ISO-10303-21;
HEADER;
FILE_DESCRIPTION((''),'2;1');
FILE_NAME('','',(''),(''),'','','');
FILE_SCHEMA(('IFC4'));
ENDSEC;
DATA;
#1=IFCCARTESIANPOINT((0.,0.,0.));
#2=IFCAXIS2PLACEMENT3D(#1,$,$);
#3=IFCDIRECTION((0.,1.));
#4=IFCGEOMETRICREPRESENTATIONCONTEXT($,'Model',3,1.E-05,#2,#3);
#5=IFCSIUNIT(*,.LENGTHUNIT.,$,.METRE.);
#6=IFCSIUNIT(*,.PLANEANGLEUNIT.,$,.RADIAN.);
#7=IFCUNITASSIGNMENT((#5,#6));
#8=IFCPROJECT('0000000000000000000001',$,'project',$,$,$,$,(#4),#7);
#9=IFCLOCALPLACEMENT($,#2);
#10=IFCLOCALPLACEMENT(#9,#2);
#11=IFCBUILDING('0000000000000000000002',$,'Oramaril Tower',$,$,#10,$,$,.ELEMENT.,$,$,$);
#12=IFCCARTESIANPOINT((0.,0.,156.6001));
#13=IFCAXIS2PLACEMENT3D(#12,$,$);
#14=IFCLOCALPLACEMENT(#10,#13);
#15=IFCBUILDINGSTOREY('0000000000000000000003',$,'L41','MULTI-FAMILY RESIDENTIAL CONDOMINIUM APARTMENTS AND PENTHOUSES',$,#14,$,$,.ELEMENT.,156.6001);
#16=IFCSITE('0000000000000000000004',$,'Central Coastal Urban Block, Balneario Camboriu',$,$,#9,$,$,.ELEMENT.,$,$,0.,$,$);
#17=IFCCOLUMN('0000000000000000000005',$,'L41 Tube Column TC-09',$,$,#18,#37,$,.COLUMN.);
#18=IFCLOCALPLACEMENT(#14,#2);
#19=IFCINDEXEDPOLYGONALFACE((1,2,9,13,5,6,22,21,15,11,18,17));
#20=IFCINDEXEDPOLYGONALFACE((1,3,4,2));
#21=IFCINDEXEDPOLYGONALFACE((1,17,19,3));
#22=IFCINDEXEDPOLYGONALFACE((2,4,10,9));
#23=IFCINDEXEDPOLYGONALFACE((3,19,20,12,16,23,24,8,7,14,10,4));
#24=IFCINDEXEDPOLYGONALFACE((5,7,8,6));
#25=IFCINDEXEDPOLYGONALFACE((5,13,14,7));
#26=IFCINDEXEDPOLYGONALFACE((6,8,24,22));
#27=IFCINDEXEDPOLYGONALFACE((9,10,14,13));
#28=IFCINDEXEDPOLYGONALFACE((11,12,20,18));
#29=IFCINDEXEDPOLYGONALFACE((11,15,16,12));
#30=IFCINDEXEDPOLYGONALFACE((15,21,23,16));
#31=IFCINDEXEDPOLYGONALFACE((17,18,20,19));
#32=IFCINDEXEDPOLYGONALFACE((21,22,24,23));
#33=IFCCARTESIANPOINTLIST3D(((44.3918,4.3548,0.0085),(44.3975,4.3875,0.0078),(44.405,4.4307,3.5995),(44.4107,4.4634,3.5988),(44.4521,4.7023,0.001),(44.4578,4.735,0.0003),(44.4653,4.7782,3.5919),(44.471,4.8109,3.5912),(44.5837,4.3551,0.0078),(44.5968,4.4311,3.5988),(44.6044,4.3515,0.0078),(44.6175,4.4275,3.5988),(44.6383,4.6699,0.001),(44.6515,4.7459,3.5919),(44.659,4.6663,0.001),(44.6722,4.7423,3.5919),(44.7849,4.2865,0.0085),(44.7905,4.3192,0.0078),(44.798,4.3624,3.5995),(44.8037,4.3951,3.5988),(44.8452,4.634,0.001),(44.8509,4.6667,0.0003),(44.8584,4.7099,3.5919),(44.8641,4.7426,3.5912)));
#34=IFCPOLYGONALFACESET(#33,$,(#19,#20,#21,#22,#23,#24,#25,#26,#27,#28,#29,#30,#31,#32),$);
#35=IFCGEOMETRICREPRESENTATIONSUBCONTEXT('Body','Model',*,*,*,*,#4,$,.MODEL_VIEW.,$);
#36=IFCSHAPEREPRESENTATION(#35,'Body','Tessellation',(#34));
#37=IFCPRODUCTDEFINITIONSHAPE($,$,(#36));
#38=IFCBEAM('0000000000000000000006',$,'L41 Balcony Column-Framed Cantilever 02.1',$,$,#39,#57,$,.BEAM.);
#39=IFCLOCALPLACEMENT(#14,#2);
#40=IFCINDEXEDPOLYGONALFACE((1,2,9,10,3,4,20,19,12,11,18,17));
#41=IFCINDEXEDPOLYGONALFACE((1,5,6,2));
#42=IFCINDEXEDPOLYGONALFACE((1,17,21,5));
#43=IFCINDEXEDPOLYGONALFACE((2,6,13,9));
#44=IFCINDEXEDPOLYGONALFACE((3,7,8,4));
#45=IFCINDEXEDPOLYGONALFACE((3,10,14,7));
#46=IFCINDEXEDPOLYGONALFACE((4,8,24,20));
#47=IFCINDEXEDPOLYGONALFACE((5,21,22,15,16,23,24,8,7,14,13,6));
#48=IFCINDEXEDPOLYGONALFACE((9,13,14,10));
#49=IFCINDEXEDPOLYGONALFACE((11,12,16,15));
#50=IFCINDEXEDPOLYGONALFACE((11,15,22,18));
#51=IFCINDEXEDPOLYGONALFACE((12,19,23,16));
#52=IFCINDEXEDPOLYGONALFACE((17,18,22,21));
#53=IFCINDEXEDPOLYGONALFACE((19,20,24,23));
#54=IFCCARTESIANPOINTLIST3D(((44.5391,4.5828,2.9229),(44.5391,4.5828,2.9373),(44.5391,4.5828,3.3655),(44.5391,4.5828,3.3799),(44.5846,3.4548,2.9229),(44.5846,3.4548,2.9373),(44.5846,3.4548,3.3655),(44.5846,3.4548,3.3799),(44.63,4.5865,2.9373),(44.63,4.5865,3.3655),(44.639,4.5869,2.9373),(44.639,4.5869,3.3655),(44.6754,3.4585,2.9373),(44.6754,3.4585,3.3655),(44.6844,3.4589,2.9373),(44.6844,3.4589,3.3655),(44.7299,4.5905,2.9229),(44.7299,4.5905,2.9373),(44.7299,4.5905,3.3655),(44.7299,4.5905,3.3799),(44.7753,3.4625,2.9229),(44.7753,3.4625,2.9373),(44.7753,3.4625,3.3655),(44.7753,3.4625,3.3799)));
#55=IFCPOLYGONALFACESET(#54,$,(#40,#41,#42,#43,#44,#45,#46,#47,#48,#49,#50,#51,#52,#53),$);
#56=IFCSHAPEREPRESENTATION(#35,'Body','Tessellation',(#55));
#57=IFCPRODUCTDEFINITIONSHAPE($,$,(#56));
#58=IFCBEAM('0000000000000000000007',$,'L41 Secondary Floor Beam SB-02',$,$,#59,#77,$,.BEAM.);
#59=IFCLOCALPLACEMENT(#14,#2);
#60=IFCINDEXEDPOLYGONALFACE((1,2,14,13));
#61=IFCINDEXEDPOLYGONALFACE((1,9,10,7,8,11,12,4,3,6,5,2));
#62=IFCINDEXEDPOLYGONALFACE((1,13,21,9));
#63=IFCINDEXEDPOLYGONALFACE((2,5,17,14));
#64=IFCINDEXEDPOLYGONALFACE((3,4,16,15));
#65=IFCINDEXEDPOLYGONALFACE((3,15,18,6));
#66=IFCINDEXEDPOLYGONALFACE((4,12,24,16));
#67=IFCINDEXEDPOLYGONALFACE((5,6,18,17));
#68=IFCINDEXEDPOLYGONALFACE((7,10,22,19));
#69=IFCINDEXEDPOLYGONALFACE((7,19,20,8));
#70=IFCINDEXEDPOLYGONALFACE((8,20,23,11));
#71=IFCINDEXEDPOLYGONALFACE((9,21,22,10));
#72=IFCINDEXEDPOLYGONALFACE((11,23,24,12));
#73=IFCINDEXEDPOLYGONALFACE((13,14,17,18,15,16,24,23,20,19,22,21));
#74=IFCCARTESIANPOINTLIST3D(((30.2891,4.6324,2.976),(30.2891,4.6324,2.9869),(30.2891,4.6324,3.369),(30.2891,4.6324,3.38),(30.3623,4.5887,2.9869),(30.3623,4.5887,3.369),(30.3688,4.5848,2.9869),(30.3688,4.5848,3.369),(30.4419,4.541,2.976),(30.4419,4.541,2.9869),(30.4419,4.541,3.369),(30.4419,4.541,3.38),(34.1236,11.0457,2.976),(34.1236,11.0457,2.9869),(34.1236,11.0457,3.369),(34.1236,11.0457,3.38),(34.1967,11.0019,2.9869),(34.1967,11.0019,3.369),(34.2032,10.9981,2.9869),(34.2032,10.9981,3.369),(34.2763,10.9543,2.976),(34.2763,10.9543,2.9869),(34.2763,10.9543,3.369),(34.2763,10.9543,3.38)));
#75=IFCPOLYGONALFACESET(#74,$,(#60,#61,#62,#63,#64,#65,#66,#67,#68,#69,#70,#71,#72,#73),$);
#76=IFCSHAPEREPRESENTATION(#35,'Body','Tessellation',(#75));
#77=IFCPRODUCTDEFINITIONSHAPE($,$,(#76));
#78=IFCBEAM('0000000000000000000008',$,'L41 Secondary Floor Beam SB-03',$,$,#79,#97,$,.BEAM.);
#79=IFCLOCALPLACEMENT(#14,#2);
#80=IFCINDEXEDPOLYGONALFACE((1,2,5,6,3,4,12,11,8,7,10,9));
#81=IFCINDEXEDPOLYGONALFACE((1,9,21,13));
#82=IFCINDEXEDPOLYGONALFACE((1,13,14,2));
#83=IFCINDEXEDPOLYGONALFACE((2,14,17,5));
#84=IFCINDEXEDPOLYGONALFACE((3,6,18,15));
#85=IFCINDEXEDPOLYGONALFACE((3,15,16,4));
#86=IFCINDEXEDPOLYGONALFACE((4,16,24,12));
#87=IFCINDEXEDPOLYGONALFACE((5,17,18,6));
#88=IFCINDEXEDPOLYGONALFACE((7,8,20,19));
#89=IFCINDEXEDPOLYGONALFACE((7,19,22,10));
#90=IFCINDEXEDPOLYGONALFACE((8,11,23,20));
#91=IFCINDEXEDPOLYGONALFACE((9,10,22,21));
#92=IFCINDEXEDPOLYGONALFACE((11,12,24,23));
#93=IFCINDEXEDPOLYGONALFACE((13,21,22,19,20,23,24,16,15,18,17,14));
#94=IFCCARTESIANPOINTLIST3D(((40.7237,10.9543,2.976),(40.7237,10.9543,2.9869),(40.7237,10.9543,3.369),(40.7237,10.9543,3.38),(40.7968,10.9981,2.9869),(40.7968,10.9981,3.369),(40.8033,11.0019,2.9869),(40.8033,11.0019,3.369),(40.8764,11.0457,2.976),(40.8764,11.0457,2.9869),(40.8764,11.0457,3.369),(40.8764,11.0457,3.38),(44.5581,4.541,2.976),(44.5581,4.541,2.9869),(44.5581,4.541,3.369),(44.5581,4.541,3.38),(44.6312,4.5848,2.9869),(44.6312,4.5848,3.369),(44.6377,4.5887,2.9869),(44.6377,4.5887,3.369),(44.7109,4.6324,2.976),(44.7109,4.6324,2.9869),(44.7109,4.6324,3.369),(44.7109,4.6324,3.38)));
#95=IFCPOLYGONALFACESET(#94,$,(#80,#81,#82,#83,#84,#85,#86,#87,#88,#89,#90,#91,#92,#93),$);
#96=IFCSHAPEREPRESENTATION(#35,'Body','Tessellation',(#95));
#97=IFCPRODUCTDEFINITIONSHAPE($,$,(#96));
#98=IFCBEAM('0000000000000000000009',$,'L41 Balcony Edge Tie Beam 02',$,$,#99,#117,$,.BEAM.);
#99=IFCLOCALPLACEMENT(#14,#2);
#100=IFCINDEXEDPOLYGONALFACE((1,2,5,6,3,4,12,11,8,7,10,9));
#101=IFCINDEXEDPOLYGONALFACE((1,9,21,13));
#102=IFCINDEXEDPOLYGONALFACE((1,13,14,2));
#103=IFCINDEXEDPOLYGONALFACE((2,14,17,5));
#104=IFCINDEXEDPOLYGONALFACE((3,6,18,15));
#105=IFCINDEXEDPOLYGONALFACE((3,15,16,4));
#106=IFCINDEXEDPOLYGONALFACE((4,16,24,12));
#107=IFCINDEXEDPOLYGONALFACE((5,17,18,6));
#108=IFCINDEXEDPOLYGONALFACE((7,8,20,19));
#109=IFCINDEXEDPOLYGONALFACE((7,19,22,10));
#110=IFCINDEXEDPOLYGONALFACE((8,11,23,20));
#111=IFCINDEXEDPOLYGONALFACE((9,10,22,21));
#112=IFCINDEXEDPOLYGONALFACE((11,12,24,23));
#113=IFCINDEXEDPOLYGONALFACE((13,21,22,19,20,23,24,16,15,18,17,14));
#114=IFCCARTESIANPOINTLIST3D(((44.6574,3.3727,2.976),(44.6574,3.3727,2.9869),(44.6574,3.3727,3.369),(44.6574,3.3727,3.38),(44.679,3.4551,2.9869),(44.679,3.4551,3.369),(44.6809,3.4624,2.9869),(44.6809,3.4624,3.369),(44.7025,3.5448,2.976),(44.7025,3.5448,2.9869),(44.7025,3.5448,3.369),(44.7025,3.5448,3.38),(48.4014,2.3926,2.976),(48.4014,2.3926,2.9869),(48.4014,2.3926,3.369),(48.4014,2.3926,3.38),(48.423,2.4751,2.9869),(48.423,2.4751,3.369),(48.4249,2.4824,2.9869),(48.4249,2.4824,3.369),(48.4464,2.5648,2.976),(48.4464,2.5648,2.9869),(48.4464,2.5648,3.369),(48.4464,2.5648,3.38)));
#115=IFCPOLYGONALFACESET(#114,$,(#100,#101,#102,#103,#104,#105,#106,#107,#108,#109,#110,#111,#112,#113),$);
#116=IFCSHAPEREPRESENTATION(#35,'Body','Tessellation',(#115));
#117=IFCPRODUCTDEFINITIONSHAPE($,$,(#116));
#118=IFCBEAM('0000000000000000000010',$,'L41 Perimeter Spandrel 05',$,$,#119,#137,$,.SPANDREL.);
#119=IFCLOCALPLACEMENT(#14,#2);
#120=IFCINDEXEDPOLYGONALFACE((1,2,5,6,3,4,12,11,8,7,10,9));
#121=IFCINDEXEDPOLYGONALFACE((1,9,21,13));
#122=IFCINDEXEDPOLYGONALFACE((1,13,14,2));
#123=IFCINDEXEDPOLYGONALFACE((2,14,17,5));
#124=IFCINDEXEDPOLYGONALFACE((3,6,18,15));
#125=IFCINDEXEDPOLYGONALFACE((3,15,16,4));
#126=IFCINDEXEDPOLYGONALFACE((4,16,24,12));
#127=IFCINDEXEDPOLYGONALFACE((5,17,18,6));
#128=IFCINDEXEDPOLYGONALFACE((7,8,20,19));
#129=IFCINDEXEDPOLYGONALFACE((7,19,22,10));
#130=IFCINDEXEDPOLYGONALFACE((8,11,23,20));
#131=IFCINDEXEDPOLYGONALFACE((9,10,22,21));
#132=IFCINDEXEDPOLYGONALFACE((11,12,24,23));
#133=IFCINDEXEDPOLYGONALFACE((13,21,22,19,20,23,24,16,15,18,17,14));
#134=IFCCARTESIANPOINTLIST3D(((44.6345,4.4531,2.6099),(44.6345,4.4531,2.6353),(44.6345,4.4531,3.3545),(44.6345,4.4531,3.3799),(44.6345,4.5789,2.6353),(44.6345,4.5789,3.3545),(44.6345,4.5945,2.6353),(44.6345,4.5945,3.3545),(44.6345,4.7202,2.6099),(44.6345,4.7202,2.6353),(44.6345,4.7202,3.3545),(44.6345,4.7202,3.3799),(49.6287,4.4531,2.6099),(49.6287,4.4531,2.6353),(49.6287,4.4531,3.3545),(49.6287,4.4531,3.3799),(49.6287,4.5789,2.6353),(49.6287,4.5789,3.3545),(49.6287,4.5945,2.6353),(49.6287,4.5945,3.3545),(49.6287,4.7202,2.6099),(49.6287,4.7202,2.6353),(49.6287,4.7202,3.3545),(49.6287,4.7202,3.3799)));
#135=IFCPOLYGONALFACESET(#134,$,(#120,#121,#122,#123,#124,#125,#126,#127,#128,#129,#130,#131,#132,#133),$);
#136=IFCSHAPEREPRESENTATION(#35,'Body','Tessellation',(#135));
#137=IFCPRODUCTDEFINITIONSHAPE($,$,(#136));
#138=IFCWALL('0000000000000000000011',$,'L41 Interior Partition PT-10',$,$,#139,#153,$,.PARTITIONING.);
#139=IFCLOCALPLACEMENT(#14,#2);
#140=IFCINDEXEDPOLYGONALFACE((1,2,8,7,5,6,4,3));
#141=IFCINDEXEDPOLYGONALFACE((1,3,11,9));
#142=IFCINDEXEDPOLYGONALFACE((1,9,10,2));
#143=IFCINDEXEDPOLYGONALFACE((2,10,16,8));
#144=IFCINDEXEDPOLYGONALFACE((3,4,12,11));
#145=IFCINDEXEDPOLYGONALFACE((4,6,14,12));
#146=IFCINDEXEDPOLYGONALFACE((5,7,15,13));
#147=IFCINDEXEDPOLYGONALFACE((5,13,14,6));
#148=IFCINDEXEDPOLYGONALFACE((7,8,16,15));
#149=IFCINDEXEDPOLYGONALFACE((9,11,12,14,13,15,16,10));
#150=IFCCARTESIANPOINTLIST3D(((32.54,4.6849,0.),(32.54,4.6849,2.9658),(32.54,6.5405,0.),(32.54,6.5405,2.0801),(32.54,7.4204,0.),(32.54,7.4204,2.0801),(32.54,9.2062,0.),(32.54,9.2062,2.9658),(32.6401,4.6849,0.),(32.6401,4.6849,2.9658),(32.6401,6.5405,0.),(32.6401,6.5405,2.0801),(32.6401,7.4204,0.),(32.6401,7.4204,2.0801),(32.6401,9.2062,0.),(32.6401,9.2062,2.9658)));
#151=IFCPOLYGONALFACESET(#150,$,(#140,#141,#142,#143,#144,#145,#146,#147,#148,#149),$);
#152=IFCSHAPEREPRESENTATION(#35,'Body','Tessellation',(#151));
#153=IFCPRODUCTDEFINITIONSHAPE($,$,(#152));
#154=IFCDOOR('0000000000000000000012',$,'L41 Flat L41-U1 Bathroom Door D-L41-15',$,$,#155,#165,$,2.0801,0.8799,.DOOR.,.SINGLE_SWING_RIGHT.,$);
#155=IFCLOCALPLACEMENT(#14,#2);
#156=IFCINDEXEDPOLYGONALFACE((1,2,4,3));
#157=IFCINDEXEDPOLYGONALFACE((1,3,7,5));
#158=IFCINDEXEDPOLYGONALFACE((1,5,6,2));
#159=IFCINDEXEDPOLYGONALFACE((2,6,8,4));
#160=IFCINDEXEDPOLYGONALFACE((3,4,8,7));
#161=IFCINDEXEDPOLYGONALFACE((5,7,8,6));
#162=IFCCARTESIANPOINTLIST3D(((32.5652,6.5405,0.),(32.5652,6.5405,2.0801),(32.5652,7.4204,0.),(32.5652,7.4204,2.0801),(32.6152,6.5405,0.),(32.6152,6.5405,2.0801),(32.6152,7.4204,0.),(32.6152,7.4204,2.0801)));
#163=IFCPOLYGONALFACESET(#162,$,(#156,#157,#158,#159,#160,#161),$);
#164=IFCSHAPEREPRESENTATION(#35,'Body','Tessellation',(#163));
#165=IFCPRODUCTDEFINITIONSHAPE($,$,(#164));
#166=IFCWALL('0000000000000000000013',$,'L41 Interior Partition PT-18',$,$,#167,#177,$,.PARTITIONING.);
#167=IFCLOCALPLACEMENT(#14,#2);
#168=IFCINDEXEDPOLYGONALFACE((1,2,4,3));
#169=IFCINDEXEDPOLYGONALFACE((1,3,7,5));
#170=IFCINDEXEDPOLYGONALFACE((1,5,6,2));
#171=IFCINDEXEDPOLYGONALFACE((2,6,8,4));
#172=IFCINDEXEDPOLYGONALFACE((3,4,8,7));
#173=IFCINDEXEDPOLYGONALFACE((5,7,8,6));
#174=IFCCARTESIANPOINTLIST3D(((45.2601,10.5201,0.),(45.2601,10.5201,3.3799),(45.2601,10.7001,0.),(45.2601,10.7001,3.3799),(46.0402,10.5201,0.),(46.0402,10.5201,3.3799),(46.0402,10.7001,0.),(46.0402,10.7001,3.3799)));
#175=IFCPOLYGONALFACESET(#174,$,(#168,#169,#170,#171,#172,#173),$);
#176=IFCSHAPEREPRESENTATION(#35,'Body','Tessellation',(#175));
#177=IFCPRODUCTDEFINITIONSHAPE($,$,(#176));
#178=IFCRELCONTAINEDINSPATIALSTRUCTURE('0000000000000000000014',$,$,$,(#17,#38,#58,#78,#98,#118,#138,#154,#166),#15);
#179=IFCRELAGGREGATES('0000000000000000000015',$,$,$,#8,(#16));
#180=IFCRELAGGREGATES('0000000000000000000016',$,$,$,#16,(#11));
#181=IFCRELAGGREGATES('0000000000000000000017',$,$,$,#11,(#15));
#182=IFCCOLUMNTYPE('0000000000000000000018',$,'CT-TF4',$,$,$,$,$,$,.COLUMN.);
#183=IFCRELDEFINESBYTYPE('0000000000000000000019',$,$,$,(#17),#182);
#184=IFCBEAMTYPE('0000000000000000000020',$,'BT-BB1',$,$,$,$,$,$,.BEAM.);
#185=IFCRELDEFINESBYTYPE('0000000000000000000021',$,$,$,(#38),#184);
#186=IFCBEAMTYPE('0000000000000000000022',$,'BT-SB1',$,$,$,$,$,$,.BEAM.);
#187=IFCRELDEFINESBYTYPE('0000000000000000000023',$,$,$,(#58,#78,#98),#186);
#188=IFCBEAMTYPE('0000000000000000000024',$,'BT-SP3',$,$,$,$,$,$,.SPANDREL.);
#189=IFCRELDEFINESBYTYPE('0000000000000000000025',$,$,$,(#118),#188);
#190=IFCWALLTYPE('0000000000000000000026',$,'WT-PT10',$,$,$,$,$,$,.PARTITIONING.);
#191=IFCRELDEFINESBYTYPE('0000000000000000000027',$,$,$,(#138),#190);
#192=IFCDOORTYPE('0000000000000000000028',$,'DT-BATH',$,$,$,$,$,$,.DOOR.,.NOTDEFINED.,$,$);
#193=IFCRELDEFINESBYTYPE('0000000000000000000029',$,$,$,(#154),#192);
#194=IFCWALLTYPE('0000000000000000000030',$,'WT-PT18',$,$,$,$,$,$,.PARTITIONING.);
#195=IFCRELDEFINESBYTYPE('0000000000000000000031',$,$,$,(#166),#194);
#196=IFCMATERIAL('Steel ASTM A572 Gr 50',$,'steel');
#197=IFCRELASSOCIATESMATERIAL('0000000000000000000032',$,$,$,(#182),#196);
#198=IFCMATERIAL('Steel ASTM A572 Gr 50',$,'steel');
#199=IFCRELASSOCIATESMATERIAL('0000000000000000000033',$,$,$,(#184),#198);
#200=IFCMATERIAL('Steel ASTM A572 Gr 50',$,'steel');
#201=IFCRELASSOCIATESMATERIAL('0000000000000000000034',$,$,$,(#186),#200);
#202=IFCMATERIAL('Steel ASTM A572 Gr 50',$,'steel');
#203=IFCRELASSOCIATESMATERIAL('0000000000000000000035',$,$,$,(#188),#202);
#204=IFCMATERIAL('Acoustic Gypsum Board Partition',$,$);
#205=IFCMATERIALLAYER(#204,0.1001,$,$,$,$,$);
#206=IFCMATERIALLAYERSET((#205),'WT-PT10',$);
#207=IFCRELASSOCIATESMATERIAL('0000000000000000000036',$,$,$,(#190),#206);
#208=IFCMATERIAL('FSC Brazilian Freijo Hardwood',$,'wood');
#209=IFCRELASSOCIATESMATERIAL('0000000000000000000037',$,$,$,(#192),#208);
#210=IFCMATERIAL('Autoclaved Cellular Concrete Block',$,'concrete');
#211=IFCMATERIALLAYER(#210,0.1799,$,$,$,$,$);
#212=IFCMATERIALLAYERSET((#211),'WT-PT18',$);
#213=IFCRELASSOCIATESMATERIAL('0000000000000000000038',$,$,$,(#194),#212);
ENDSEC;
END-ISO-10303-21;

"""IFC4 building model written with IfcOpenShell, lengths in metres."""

from ifc_helpers import new_model, si_unit, direction, frame, frame_2d, origin, origin_2d, place, context, subcontext, project, spatial, rectangle, i_section, extrude, material, layer, layer_set, material_profile, profile_set, type_object, element, fill, save


model = new_model("IFC4")

# Units and contexts
model_context = context("Model", 3, precision=1e-05, world=origin(), true_north=direction((0.0, 1.0)))
body_context = subcontext(model_context, "Body", "Model", "MODEL_VIEW")
ifc_project = project(units=[si_unit("LENGTHUNIT", "METRE"), si_unit("PLANEANGLEUNIT", "RADIAN")], contexts=[model_context])

# Site, building, storey
site_placement = place(None, origin())
site = spatial("IfcSite", under=ifc_project, at=site_placement, Name="Central Coastal Urban Block, Balneario Camboriu", CompositionType="ELEMENT", RefElevation=0.0)
building_placement = place(site_placement, origin())
building = spatial("IfcBuilding", under=site, at=building_placement, Name="Oramaril Tower", CompositionType="ELEMENT")
storey_placement = place(building_placement, frame((0.0, 0.0, 156.6001)))
storey = spatial("IfcBuildingStorey", under=building, at=storey_placement, Name="L41", Description="MULTI-FAMILY RESIDENTIAL CONDOMINIUM APARTMENTS AND PENTHOUSES", CompositionType="ELEMENT", Elevation=156.6001)

# Column
ifc_material_1 = material(Name="Steel ASTM A572 Gr 50", Category="steel")
ifc_material_profile_1 = material_profile(ifc_material_1, i_section(OverallWidth=0.3989, OverallDepth=0.386, WebThickness=0.021, FlangeThickness=0.0332, at=origin_2d()), Name="W14X176")
ifc_profile_set_1 = profile_set([ifc_material_profile_1], Name="Steel ASTM A572 Gr 50")
column_type = type_object("IfcColumnType", Name="CT-TF4", PredefinedType="COLUMN", material=ifc_profile_set_1)
column_placement = place(storey_placement, frame((44.6213, 4.5107, 0.0044), z_axis=(0.00367, 0.021139, 0.99977), x_axis=(-0.985258, 0.171074, 0.0)))
element("IfcColumn", 1, at=column_placement, inside=storey, type_object=column_type, Name="L41 Tube Column TC-09", PredefinedType="COLUMN", context=body_context, shape_type="SweptSolid", body=[
    extrude(i_section(OverallWidth=0.3989, OverallDepth=0.386, WebThickness=0.021, FlangeThickness=0.0332, at=origin_2d()), origin(), (0.0, 0.0, 1.0), 3.5918),
])

# Beams
ifc_material_2 = material(Name="Steel ASTM A572 Gr 50", Category="steel")
ifc_material_profile_2 = material_profile(ifc_material_2, i_section(OverallWidth=0.1909, OverallDepth=0.457, WebThickness=0.009, FlangeThickness=0.0144, at=origin_2d()), Name="W18X50")
ifc_profile_set_2 = profile_set([ifc_material_profile_2], Name="Steel ASTM A572 Gr 50")
beam_type_1 = type_object("IfcBeamType", Name="BT-BB1", PredefinedType="BEAM", material=ifc_profile_set_2)
beam_1_placement = place(storey_placement, frame((44.6345, 4.5867, 3.1514), z_axis=(0.040227, -0.999191, 0.0), x_axis=(0.999191, 0.040227, 0.0)))
element("IfcBeam", 2, at=beam_1_placement, inside=storey, type_object=beam_type_1, Name="L41 Balcony Column-Framed Cantilever 02.1", PredefinedType="BEAM", context=body_context, shape_type="SweptSolid", body=[
    extrude(i_section(OverallWidth=0.1909, OverallDepth=0.457, WebThickness=0.009, FlangeThickness=0.0144, at=origin_2d()), origin(), (0.0, 0.0, 1.0), 1.1289),
])
ifc_material_3 = material(Name="Steel ASTM A572 Gr 50", Category="steel")
ifc_material_profile_3 = material_profile(ifc_material_3, i_section(OverallWidth=0.178, OverallDepth=0.4041, WebThickness=0.0076, FlangeThickness=0.011, at=origin_2d()), Name="W16X36")
ifc_profile_set_3 = profile_set([ifc_material_profile_3], Name="Steel ASTM A572 Gr 50")
beam_type_2 = type_object("IfcBeamType", Name="BT-SB1", PredefinedType="BEAM", material=ifc_profile_set_3)
for number, where, z_axis, x_axis, name in (
    (3, (34.2, 11.0, 3.178), (-0.513164, -0.85829, 0.0), (0.85829, -0.513164, 0.0), "L41 Secondary Floor Beam SB-02"),
    (4, (40.8, 11.0, 3.178), (0.513164, -0.85829, 0.0), (0.85829, 0.513164, 0.0), "L41 Secondary Floor Beam SB-03"),
):
    element("IfcBeam", number, at=place(storey_placement, frame(where, z_axis=z_axis, x_axis=x_axis)), inside=storey, type_object=beam_type_2, Name=name, PredefinedType="BEAM", context=body_context, shape_type="SweptSolid", body=[
        extrude(i_section(OverallWidth=0.178, OverallDepth=0.4041, WebThickness=0.0076, FlangeThickness=0.011, at=origin_2d()), origin(), (0.0, 0.0, 1.0), 7.4722),
    ])
beam_2_placement = place(storey_placement, frame((44.6799, 3.4587, 3.178), z_axis=(0.967408, -0.253223, 0.0), x_axis=(0.253223, 0.967408, 0.0)))
element("IfcBeam", 5, at=beam_2_placement, inside=storey, type_object=beam_type_2, Name="L41 Balcony Edge Tie Beam 02", PredefinedType="BEAM", context=body_context, shape_type="SweptSolid", body=[
    extrude(i_section(OverallWidth=0.178, OverallDepth=0.4041, WebThickness=0.0076, FlangeThickness=0.011, at=origin_2d()), origin(), (0.0, 0.0, 1.0), 3.8701),
])
ifc_material_4 = material(Name="Steel ASTM A572 Gr 50", Category="steel")
ifc_material_profile_4 = material_profile(ifc_material_4, i_section(OverallWidth=0.2671, OverallDepth=0.77, WebThickness=0.0156, FlangeThickness=0.0254, at=origin_2d()), Name="W30X132")
ifc_profile_set_4 = profile_set([ifc_material_profile_4], Name="Steel ASTM A572 Gr 50")
beam_type_3 = type_object("IfcBeamType", Name="BT-SP3", PredefinedType="SPANDREL", material=ifc_profile_set_4)
beam_3_placement = place(storey_placement, frame((44.6345, 4.5867, 2.9949), z_axis=(1.0, 0.0, 0.0), x_axis=(0.0, 1.0, 0.0)))
element("IfcBeam", 6, at=beam_3_placement, inside=storey, type_object=beam_type_3, Name="L41 Perimeter Spandrel 05", PredefinedType="SPANDREL", context=body_context, shape_type="SweptSolid", body=[
    extrude(i_section(OverallWidth=0.2671, OverallDepth=0.77, WebThickness=0.0156, FlangeThickness=0.0254, at=origin_2d()), origin(), (0.0, 0.0, 1.0), 4.9941),
])

# Wall, opening, door
ifc_material_5 = material(Name="Acoustic Gypsum Board Partition")
ifc_layer_1 = layer(ifc_material_5, 0.1001)
ifc_layer_set_1 = layer_set([ifc_layer_1], Name="WT-PT10")
wall_type_1 = type_object("IfcWallType", Name="WT-PT10", PredefinedType="PARTITIONING", material=ifc_layer_set_1)
wall_1_placement = place(storey_placement, frame((32.5901, 4.6848, 0.0), z_axis=(0.0, 0.0, 1.0), x_axis=(0.0, 1.0, 0.0)))
wall_1 = element("IfcWall", 7, at=wall_1_placement, inside=storey, type_object=wall_type_1, Name="L41 Interior Partition PT-10", PredefinedType="PARTITIONING", context=body_context, shape_type="SweptSolid", body=[
    extrude(rectangle(XDim=4.5212, YDim=0.1001, at=frame_2d((2.2607, 0.0))), origin(), (0.0, 0.0, 1.0), 2.9658),
])
opening_placement = place(wall_1_placement, frame((1.8557, 0.0, 0.0)))
opening = element("IfcOpeningElement", 8, at=opening_placement, cuts=wall_1, PredefinedType="OPENING", context=body_context, shape_type="SweptSolid", body=[
    extrude(rectangle(XDim=0.8799, YDim=2.0801, at=frame_2d((0.4399, 1.04))), frame((0.0, 0.05, 0.0), z_axis=(0.0, -1.0, 0.0), x_axis=(1.0, 0.0, 0.0)), (0.0, 0.0, 1.0), 0.1001),
])
ifc_material_6 = material(Name="FSC Brazilian Freijo Hardwood", Category="wood")
door_type = type_object("IfcDoorType", Name="DT-BATH", OperationType="NOTDEFINED", PredefinedType="DOOR", material=ifc_material_6)
door_placement = place(opening_placement, origin())
door = element("IfcDoor", 9, at=door_placement, inside=storey, type_object=door_type, Name="L41 Flat L41-U1 Bathroom Door D-L41-15", OperationType="SINGLE_SWING_RIGHT", OverallHeight=2.0801, OverallWidth=0.8799, PredefinedType="DOOR", context=body_context, shape_type="SweptSolid", body=[
    extrude(rectangle(XDim=0.8799, YDim=2.0801, at=frame_2d((0.4399, 1.04))), frame((0.0, 0.0249, 0.0), z_axis=(0.0, -1.0, 0.0), x_axis=(1.0, 0.0, 0.0)), (0.0, 0.0, 1.0), 0.05),
])
fill(opening, door)

# Wall
ifc_material_7 = material(Name="Autoclaved Cellular Concrete Block", Category="concrete")
ifc_layer_2 = layer(ifc_material_7, 0.1799)
ifc_layer_set_2 = layer_set([ifc_layer_2], Name="WT-PT18")
wall_type_2 = type_object("IfcWallType", Name="WT-PT18", PredefinedType="PARTITIONING", material=ifc_layer_set_2)
wall_2_placement = place(storey_placement, frame((45.26, 10.6101, 0.0), z_axis=(0.0, 0.0, 1.0), x_axis=(1.0, 0.0, 0.0)))
element("IfcWall", 10, at=wall_2_placement, inside=storey, type_object=wall_type_2, Name="L41 Interior Partition PT-18", PredefinedType="PARTITIONING", context=body_context, shape_type="SweptSolid", body=[
    extrude(rectangle(XDim=0.78, YDim=0.1799, at=frame_2d((0.3901, 0.0))), origin(), (0.0, 0.0, 1.0), 3.3799),
])

save(model, "model.ifc")
